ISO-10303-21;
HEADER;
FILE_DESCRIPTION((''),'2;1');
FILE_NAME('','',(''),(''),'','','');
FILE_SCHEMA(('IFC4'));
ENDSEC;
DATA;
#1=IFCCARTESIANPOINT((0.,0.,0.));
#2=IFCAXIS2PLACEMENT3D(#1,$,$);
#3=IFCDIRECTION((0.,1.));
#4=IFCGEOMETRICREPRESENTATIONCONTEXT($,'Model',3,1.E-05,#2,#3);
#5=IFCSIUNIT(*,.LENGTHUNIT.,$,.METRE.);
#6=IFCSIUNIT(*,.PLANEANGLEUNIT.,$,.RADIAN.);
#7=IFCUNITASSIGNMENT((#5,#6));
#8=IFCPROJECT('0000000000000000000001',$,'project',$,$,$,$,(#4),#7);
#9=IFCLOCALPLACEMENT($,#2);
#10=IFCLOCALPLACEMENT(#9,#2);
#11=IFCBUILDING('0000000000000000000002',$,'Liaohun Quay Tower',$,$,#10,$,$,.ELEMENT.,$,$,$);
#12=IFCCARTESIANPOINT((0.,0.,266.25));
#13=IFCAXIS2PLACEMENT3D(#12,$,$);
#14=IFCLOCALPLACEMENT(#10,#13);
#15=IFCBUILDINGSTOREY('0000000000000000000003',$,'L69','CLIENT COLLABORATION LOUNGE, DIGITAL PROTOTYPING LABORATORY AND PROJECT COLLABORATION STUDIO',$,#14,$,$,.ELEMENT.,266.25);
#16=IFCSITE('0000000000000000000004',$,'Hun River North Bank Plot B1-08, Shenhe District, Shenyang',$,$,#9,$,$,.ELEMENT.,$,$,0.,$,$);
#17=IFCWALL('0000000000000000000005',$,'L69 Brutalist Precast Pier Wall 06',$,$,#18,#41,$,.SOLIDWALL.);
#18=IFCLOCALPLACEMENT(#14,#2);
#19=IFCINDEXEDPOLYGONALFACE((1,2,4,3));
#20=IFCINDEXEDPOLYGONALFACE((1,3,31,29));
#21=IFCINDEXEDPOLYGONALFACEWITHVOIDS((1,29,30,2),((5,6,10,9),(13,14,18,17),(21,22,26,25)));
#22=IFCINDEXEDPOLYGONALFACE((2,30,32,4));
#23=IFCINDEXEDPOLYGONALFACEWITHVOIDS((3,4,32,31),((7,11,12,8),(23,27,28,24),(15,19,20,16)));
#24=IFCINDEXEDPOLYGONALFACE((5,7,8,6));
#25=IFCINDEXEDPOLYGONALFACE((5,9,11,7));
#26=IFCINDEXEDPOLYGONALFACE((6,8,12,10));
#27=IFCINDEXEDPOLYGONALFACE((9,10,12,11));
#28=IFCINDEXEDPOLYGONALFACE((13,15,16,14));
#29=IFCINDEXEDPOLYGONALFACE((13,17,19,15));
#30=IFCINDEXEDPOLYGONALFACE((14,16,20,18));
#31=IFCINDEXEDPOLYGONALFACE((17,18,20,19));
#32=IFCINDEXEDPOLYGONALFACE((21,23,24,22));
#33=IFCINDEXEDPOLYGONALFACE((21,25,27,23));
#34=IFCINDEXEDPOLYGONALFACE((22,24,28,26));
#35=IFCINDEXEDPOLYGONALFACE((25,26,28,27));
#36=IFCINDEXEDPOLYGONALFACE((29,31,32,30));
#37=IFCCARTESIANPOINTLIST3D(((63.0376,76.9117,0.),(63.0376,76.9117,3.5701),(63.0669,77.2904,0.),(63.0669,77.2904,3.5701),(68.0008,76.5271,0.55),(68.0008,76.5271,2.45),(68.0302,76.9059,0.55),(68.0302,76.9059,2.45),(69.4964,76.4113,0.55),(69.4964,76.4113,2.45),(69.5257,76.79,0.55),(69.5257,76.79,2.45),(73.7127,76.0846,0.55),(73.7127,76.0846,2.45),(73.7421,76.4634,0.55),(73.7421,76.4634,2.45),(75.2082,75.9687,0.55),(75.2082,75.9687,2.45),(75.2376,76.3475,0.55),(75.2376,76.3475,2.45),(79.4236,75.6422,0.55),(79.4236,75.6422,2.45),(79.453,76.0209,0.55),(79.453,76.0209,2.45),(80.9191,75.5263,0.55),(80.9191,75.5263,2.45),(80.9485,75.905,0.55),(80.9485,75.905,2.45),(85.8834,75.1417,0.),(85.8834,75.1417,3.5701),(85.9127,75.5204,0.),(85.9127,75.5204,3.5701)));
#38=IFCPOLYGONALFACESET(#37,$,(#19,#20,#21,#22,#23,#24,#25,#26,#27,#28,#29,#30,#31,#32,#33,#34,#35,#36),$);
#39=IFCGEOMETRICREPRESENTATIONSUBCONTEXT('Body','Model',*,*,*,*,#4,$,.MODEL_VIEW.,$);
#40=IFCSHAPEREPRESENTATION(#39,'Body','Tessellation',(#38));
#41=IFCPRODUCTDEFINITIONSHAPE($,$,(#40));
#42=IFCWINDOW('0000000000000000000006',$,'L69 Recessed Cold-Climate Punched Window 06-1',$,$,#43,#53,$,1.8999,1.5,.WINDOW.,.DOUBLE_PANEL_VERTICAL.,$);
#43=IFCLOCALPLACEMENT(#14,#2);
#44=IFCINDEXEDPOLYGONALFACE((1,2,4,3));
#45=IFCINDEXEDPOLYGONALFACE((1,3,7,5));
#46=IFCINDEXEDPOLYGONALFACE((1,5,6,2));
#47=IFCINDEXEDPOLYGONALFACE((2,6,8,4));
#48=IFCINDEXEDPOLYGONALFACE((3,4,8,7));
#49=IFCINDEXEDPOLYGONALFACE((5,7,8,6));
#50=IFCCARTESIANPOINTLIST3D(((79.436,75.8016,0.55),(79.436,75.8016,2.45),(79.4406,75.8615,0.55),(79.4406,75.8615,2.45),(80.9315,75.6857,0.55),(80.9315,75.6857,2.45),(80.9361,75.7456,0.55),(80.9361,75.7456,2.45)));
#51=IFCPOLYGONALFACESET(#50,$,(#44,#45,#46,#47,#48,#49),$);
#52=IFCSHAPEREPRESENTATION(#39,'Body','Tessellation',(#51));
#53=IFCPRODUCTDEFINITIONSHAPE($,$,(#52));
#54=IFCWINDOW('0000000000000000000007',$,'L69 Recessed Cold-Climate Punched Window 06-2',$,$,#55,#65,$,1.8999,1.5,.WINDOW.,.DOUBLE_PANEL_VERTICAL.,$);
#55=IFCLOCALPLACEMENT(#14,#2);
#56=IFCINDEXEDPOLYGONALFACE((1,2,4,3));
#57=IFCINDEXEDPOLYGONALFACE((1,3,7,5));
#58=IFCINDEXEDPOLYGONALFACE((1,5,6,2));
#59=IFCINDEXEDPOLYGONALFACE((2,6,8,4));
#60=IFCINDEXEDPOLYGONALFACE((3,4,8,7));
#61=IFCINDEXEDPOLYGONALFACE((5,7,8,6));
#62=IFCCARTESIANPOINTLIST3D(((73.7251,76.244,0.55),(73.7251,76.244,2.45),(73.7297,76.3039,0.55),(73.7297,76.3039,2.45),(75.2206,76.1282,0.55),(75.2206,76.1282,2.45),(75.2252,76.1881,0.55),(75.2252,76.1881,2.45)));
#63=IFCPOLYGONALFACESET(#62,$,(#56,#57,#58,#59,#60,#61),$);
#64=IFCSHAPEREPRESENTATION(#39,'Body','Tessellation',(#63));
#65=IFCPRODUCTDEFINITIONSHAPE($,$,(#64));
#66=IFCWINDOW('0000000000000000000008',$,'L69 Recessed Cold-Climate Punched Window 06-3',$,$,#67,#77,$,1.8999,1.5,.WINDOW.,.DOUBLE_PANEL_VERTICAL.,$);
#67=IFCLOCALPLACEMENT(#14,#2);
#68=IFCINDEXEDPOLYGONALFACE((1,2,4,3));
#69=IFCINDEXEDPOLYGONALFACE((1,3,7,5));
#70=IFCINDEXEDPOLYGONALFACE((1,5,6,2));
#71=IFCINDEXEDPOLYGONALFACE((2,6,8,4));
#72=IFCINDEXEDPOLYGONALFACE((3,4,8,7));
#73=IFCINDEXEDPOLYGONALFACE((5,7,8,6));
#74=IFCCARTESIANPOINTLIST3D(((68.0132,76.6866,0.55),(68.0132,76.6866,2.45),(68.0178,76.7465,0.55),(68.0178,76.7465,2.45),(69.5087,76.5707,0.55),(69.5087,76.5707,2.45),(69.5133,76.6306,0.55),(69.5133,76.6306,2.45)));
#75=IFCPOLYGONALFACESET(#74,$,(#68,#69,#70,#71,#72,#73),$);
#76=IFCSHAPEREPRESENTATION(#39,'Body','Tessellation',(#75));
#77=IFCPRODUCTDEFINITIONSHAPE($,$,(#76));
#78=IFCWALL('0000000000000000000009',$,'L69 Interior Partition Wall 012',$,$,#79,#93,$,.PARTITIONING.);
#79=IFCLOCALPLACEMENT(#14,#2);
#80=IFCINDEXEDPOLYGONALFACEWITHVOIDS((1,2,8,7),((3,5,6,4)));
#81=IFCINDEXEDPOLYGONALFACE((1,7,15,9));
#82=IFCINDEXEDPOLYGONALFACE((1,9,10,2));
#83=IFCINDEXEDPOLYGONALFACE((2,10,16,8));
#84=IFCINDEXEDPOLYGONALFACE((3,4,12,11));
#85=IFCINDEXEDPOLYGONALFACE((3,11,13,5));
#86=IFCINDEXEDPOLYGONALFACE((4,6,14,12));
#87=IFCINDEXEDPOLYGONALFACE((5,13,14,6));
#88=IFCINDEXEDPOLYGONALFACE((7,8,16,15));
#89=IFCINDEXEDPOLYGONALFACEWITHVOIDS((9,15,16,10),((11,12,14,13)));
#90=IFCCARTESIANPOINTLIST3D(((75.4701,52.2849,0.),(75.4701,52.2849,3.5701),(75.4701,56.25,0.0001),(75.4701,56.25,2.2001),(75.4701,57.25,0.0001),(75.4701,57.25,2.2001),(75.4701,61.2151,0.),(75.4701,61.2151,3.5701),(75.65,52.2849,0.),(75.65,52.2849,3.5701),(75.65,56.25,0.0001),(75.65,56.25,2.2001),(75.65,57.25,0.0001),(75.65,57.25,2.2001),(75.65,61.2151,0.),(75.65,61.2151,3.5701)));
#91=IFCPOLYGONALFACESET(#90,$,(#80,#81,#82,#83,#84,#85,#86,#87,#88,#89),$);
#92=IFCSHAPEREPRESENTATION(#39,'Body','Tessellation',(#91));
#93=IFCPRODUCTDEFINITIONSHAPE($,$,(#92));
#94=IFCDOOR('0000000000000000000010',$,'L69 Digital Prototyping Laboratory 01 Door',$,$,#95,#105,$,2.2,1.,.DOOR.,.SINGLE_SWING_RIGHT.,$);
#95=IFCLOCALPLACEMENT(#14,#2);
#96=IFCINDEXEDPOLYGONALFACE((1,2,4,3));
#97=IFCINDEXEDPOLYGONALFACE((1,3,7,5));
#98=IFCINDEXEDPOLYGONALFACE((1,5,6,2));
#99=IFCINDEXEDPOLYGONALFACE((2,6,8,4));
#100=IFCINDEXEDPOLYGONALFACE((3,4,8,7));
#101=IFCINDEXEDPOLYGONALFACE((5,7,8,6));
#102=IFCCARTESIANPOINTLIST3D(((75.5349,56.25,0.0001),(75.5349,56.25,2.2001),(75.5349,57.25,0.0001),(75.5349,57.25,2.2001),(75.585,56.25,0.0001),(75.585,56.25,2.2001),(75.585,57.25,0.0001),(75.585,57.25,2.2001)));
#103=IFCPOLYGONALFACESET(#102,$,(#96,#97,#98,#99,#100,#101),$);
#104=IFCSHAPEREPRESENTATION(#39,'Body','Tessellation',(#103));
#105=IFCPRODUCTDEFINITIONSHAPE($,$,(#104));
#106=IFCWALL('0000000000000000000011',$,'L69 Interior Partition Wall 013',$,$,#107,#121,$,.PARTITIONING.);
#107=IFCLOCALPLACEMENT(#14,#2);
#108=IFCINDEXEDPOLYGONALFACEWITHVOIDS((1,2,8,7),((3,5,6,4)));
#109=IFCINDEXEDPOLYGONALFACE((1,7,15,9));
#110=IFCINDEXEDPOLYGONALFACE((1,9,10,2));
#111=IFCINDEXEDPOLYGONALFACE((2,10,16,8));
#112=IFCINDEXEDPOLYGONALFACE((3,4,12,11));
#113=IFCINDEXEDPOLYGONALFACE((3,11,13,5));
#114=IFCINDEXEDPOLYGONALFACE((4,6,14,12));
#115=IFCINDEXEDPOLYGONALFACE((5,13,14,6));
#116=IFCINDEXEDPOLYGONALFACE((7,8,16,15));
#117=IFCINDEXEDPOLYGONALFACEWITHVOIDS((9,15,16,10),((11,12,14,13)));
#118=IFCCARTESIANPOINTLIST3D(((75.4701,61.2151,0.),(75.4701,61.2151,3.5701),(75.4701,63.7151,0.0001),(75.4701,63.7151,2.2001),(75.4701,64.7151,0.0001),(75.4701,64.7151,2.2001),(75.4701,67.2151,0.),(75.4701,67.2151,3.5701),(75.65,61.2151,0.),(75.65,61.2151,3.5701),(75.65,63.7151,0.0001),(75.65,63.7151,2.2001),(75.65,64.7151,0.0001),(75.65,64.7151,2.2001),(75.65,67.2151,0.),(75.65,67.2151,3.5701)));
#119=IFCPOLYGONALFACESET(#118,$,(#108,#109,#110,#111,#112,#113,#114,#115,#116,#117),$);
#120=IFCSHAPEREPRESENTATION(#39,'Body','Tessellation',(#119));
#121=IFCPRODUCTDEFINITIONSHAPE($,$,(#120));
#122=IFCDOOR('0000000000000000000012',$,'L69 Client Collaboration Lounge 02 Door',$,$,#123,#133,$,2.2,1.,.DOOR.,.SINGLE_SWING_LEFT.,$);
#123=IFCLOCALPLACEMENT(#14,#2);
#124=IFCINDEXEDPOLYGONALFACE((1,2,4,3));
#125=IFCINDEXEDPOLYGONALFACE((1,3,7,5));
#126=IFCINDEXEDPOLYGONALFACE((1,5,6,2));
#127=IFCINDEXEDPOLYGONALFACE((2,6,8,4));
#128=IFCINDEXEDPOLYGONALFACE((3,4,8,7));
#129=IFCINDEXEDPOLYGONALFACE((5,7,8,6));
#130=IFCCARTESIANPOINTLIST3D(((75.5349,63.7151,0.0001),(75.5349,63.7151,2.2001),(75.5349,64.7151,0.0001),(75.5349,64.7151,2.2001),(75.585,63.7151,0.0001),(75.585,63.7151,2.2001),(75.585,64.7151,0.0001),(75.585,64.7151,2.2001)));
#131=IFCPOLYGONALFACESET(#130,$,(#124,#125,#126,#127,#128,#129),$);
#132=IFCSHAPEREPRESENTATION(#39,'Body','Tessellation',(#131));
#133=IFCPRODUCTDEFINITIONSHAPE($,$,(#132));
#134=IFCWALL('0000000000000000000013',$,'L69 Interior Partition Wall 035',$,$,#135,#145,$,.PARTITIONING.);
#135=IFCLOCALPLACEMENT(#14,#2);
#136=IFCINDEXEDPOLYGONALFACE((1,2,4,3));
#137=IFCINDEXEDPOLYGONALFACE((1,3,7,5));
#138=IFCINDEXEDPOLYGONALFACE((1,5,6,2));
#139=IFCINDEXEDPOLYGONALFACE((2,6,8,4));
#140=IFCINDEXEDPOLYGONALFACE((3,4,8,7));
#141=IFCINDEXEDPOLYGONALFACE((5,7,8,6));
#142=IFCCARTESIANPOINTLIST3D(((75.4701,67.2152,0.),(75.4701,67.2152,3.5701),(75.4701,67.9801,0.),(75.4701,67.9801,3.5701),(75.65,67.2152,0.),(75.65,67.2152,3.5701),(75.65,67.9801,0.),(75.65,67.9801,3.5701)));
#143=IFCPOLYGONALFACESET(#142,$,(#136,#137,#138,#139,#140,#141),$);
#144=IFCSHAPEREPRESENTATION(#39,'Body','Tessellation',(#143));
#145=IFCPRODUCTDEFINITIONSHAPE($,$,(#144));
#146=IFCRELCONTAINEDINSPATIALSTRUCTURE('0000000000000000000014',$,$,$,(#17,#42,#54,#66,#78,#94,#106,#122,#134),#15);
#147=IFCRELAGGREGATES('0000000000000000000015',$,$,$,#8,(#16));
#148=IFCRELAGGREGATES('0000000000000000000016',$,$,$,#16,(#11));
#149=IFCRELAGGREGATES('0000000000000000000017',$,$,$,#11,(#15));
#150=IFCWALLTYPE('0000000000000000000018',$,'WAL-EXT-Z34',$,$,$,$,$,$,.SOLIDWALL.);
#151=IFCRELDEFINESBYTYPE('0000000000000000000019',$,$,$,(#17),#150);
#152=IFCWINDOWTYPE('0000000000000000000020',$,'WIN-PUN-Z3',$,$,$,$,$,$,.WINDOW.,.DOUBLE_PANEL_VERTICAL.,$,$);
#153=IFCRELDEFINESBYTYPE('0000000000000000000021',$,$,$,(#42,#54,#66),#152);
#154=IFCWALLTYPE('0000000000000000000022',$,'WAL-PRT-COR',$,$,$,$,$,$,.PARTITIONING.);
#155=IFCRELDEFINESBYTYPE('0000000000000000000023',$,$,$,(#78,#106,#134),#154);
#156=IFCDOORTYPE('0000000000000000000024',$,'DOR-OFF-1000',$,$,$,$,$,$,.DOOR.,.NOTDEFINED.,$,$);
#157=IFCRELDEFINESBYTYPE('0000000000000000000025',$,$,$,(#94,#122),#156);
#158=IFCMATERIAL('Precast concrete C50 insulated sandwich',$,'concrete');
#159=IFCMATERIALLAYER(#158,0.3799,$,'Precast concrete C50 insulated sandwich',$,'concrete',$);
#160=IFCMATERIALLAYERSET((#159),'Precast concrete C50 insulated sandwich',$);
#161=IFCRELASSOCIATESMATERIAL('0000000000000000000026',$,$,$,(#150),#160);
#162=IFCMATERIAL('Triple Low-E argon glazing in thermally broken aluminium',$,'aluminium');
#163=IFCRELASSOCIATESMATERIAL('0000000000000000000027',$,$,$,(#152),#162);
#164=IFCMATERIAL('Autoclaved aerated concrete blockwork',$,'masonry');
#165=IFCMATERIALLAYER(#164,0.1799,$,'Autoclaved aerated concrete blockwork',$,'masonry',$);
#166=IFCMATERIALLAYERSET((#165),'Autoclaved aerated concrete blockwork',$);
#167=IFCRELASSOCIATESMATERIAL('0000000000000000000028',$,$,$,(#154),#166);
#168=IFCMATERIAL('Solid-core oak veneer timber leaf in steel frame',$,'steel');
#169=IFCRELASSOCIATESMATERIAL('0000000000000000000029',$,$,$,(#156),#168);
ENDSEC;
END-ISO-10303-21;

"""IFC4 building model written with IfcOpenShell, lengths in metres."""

from ifc_helpers import new_model, si_unit, direction, frame, frame_2d, origin, place, context, subcontext, project, spatial, rectangle, extrude, source, transform, mapped, material, layer, layer_set, type_object, element, fill, save


model = new_model("IFC4")

# Units and contexts
model_context = context("Model", 3, precision=1e-05, world=origin(), true_north=direction((0.0, 1.0)))
body_context = subcontext(model_context, "Body", "Model", "MODEL_VIEW")
ifc_project = project(units=[si_unit("LENGTHUNIT", "METRE"), si_unit("PLANEANGLEUNIT", "RADIAN")], contexts=[model_context])

# Site, building, storey
site_placement = place(None, origin())
site = spatial("IfcSite", under=ifc_project, at=site_placement, Name="Hun River North Bank Plot B1-08, Shenhe District, Shenyang", CompositionType="ELEMENT", RefElevation=0.0)
building_placement = place(site_placement, origin())
building = spatial("IfcBuilding", under=site, at=building_placement, Name="Liaohun Quay Tower", CompositionType="ELEMENT")
storey_placement = place(building_placement, frame((0.0, 0.0, 266.25)))
storey = spatial("IfcBuildingStorey", under=building, at=storey_placement, Name="L69", Description="CLIENT COLLABORATION LOUNGE, DIGITAL PROTOTYPING LABORATORY AND PROJECT COLLABORATION STUDIO", CompositionType="ELEMENT", Elevation=266.25)

# Shared definitions
ifc_material_1 = material(Name="Precast concrete C50 insulated sandwich", Category="concrete")
ifc_layer_1 = layer(ifc_material_1, 0.3799, Name="Precast concrete C50 insulated sandwich", Category="concrete")
ifc_layer_set_1 = layer_set([ifc_layer_1], Name="Precast concrete C50 insulated sandwich")
wall_type_1 = type_object("IfcWallType", Name="WAL-EXT-Z34", PredefinedType="SOLIDWALL", material=ifc_layer_set_1)

# Wall, openings, windows
wall_1_placement = place(storey_placement, frame((85.8979, 75.3311, 0.0), z_axis=(0.0, 0.0, 1.0), x_axis=(-0.997012, 0.077245, 0.0)))
wall_1 = element("IfcWall", 1, at=wall_1_placement, inside=storey, type_object=wall_type_1, Name="L69 Brutalist Precast Pier Wall 06", PredefinedType="SOLIDWALL", context=body_context, shape_type="SweptSolid", body=[
    extrude(rectangle(XDim=22.9143, YDim=0.3799, at=frame_2d((11.457, 0.0))), origin(), (0.0, 0.0, 1.0), 3.5701),
])
shared_shape_1 = source(origin(), body_context, "Body", "SweptSolid", [
    extrude(rectangle(XDim=1.5, YDim=1.8999, at=frame_2d((0.75, 0.95))), frame((0.0, 0.2, 0.0), z_axis=(0.0, -1.0, 0.0), x_axis=(1.0, 0.0, 0.0)), (0.0, 0.0, 1.0), 0.3999),
])
opening_1_placement = place(wall_1_placement, frame((4.979, 0.0, 0.55)))
opening_1 = element("IfcOpeningElement", 2, at=opening_1_placement, cuts=wall_1, PredefinedType="OPENING", context=body_context, shape_type="MappedRepresentation", body=[
    mapped(shared_shape_1, transform((0.0, 0.0, 0.0), x_axis=(1.0, 0.0, 0.0), y_axis=(0.0, 1.0, 0.0), z_axis=(0.0, 0.0, 1.0), scale=1.0)),
])
opening_2_placement = place(wall_1_placement, frame((10.707, 0.0, 0.55)))
opening_2 = element("IfcOpeningElement", 3, at=opening_2_placement, cuts=wall_1, PredefinedType="OPENING", context=body_context, shape_type="MappedRepresentation", body=[
    mapped(shared_shape_1, transform((0.0, 0.0, 0.0), x_axis=(1.0, 0.0, 0.0), y_axis=(0.0, 1.0, 0.0), z_axis=(0.0, 0.0, 1.0), scale=1.0)),
])
opening_3_placement = place(wall_1_placement, frame((16.436, 0.0, 0.55)))
opening_3 = element("IfcOpeningElement", 4, at=opening_3_placement, cuts=wall_1, PredefinedType="OPENING", context=body_context, shape_type="MappedRepresentation", body=[
    mapped(shared_shape_1, transform((0.0, 0.0, 0.0), x_axis=(1.0, 0.0, 0.0), y_axis=(0.0, 1.0, 0.0), z_axis=(0.0, 0.0, 1.0), scale=1.0)),
])
ifc_material_2 = material(Name="Triple Low-E argon glazing in thermally broken aluminium", Category="aluminium")
window_type_1 = type_object("IfcWindowType", Name="WIN-PUN-Z3", PartitioningType="DOUBLE_PANEL_VERTICAL", PredefinedType="WINDOW", material=ifc_material_2)
shared_shape_2 = source(origin(), body_context, "Body", "SweptSolid", [
    extrude(rectangle(XDim=1.5, YDim=1.8999, at=frame_2d((0.75, 0.95))), frame((0.0, 0.03, 0.0), z_axis=(0.0, -1.0, 0.0), x_axis=(1.0, 0.0, 0.0)), (0.0, 0.0, 1.0), 0.0601),
])
window_1_placement = place(opening_1_placement, origin())
window_1 = element("IfcWindow", 5, at=window_1_placement, inside=storey, type_object=window_type_1, Name="L69 Recessed Cold-Climate Punched Window 06-1", OverallHeight=1.8999, OverallWidth=1.5, PartitioningType="DOUBLE_PANEL_VERTICAL", PredefinedType="WINDOW", context=body_context, shape_type="MappedRepresentation", body=[
    mapped(shared_shape_2, transform((0.0, 0.0, 0.0), x_axis=(1.0, 0.0, 0.0), y_axis=(0.0, 1.0, 0.0), z_axis=(0.0, 0.0, 1.0), scale=1.0)),
])
fill(opening_1, window_1)
window_2_placement = place(opening_2_placement, origin())
window_2 = element("IfcWindow", 6, at=window_2_placement, inside=storey, type_object=window_type_1, Name="L69 Recessed Cold-Climate Punched Window 06-2", OverallHeight=1.8999, OverallWidth=1.5, PartitioningType="DOUBLE_PANEL_VERTICAL", PredefinedType="WINDOW", context=body_context, shape_type="MappedRepresentation", body=[
    mapped(shared_shape_2, transform((0.0, 0.0, 0.0), x_axis=(1.0, 0.0, 0.0), y_axis=(0.0, 1.0, 0.0), z_axis=(0.0, 0.0, 1.0), scale=1.0)),
])
fill(opening_2, window_2)
window_3_placement = place(opening_3_placement, origin())
window_3 = element("IfcWindow", 7, at=window_3_placement, inside=storey, type_object=window_type_1, Name="L69 Recessed Cold-Climate Punched Window 06-3", OverallHeight=1.8999, OverallWidth=1.5, PartitioningType="DOUBLE_PANEL_VERTICAL", PredefinedType="WINDOW", context=body_context, shape_type="MappedRepresentation", body=[
    mapped(shared_shape_2, transform((0.0, 0.0, 0.0), x_axis=(1.0, 0.0, 0.0), y_axis=(0.0, 1.0, 0.0), z_axis=(0.0, 0.0, 1.0), scale=1.0)),
])
fill(opening_3, window_3)

# Walls, openings, doors
ifc_material_3 = material(Name="Autoclaved aerated concrete blockwork", Category="masonry")
ifc_layer_2 = layer(ifc_material_3, 0.1799, Name="Autoclaved aerated concrete blockwork", Category="masonry")
ifc_layer_set_2 = layer_set([ifc_layer_2], Name="Autoclaved aerated concrete blockwork")
wall_type_2 = type_object("IfcWallType", Name="WAL-PRT-COR", PredefinedType="PARTITIONING", material=ifc_layer_set_2)
wall_2_placement = place(storey_placement, frame((75.5601, 61.2151, 0.0), z_axis=(0.0, 0.0, 1.0), x_axis=(0.0, -1.0, 0.0)))
wall_2 = element("IfcWall", 8, at=wall_2_placement, inside=storey, type_object=wall_type_2, Name="L69 Interior Partition Wall 012", PredefinedType="PARTITIONING", context=body_context, shape_type="SweptSolid", body=[
    extrude(rectangle(XDim=8.9302, YDim=0.1799, at=frame_2d((4.4651, 0.0))), origin(), (0.0, 0.0, 1.0), 3.5701),
])
shared_shape_3 = source(origin(), body_context, "Body", "SweptSolid", [
    extrude(rectangle(XDim=1.0, YDim=2.2, at=frame_2d((0.5, 1.1001))), frame((0.0, 0.0999, 0.0), z_axis=(0.0, -1.0, 0.0), x_axis=(1.0, 0.0, 0.0)), (0.0, 0.0, 1.0), 0.2),
])
opening_4_placement = place(wall_2_placement, frame((3.9651, 0.0, 0.0)))
opening_4 = element("IfcOpeningElement", 9, at=opening_4_placement, cuts=wall_2, PredefinedType="OPENING", context=body_context, shape_type="MappedRepresentation", body=[
    mapped(shared_shape_3, transform((0.0, 0.0, 0.0), x_axis=(1.0, 0.0, 0.0), y_axis=(0.0, 1.0, 0.0), z_axis=(0.0, 0.0, 1.0), scale=1.0)),
])
ifc_material_4 = material(Name="Solid-core oak veneer timber leaf in steel frame", Category="steel")
door_type = type_object("IfcDoorType", Name="DOR-OFF-1000", OperationType="NOTDEFINED", PredefinedType="DOOR", material=ifc_material_4)
shared_shape_4 = source(origin(), body_context, "Body", "SweptSolid", [
    extrude(rectangle(XDim=1.0, YDim=2.2, at=frame_2d((0.5, 1.1001))), frame((0.0, 0.0249, 0.0), z_axis=(0.0, -1.0, 0.0), x_axis=(1.0, 0.0, 0.0)), (0.0, 0.0, 1.0), 0.05),
])
door_1_placement = place(opening_4_placement, origin())
door_1 = element("IfcDoor", 10, at=door_1_placement, inside=storey, type_object=door_type, Name="L69 Digital Prototyping Laboratory 01 Door", OperationType="SINGLE_SWING_RIGHT", OverallHeight=2.2, OverallWidth=1.0, PredefinedType="DOOR", context=body_context, shape_type="MappedRepresentation", body=[
    mapped(shared_shape_4, transform((0.0, 0.0, 0.0), x_axis=(1.0, 0.0, 0.0), y_axis=(0.0, 1.0, 0.0), z_axis=(0.0, 0.0, 1.0), scale=1.0)),
])
fill(opening_4, door_1)
wall_3_placement = place(storey_placement, frame((75.5601, 67.2151, 0.0), z_axis=(0.0, 0.0, 1.0), x_axis=(0.0, -1.0, 0.0)))
wall_3 = element("IfcWall", 11, at=wall_3_placement, inside=storey, type_object=wall_type_2, Name="L69 Interior Partition Wall 013", PredefinedType="PARTITIONING", context=body_context, shape_type="SweptSolid", body=[
    extrude(rectangle(XDim=6.0, YDim=0.1799, at=frame_2d((3.0, 0.0))), origin(), (0.0, 0.0, 1.0), 3.5701),
])
opening_5_placement = place(wall_3_placement, frame((2.5, 0.0, 0.0)))
opening_5 = element("IfcOpeningElement", 12, at=opening_5_placement, cuts=wall_3, PredefinedType="OPENING", context=body_context, shape_type="MappedRepresentation", body=[
    mapped(shared_shape_3, transform((0.0, 0.0, 0.0), x_axis=(1.0, 0.0, 0.0), y_axis=(0.0, 1.0, 0.0), z_axis=(0.0, 0.0, 1.0), scale=1.0)),
])
door_2_placement = place(opening_5_placement, origin())
door_2 = element("IfcDoor", 13, at=door_2_placement, inside=storey, type_object=door_type, Name="L69 Client Collaboration Lounge 02 Door", OperationType="SINGLE_SWING_LEFT", OverallHeight=2.2, OverallWidth=1.0, PredefinedType="DOOR", context=body_context, shape_type="MappedRepresentation", body=[
    mapped(shared_shape_4, transform((0.0, 0.0, 0.0), x_axis=(1.0, 0.0, 0.0), y_axis=(0.0, 1.0, 0.0), z_axis=(0.0, 0.0, 1.0), scale=1.0)),
])
fill(opening_5, door_2)

# Wall
wall_4_placement = place(storey_placement, frame((75.5601, 67.98, 0.0), z_axis=(0.0, 0.0, 1.0), x_axis=(0.0, -1.0, 0.0)))
element("IfcWall", 14, at=wall_4_placement, inside=storey, type_object=wall_type_2, Name="L69 Interior Partition Wall 035", PredefinedType="PARTITIONING", context=body_context, shape_type="SweptSolid", body=[
    extrude(rectangle(XDim=0.7649, YDim=0.1799, at=frame_2d((0.3823, 0.0))), origin(), (0.0, 0.0, 1.0), 3.5701),
])

save(model, "model.ifc")
